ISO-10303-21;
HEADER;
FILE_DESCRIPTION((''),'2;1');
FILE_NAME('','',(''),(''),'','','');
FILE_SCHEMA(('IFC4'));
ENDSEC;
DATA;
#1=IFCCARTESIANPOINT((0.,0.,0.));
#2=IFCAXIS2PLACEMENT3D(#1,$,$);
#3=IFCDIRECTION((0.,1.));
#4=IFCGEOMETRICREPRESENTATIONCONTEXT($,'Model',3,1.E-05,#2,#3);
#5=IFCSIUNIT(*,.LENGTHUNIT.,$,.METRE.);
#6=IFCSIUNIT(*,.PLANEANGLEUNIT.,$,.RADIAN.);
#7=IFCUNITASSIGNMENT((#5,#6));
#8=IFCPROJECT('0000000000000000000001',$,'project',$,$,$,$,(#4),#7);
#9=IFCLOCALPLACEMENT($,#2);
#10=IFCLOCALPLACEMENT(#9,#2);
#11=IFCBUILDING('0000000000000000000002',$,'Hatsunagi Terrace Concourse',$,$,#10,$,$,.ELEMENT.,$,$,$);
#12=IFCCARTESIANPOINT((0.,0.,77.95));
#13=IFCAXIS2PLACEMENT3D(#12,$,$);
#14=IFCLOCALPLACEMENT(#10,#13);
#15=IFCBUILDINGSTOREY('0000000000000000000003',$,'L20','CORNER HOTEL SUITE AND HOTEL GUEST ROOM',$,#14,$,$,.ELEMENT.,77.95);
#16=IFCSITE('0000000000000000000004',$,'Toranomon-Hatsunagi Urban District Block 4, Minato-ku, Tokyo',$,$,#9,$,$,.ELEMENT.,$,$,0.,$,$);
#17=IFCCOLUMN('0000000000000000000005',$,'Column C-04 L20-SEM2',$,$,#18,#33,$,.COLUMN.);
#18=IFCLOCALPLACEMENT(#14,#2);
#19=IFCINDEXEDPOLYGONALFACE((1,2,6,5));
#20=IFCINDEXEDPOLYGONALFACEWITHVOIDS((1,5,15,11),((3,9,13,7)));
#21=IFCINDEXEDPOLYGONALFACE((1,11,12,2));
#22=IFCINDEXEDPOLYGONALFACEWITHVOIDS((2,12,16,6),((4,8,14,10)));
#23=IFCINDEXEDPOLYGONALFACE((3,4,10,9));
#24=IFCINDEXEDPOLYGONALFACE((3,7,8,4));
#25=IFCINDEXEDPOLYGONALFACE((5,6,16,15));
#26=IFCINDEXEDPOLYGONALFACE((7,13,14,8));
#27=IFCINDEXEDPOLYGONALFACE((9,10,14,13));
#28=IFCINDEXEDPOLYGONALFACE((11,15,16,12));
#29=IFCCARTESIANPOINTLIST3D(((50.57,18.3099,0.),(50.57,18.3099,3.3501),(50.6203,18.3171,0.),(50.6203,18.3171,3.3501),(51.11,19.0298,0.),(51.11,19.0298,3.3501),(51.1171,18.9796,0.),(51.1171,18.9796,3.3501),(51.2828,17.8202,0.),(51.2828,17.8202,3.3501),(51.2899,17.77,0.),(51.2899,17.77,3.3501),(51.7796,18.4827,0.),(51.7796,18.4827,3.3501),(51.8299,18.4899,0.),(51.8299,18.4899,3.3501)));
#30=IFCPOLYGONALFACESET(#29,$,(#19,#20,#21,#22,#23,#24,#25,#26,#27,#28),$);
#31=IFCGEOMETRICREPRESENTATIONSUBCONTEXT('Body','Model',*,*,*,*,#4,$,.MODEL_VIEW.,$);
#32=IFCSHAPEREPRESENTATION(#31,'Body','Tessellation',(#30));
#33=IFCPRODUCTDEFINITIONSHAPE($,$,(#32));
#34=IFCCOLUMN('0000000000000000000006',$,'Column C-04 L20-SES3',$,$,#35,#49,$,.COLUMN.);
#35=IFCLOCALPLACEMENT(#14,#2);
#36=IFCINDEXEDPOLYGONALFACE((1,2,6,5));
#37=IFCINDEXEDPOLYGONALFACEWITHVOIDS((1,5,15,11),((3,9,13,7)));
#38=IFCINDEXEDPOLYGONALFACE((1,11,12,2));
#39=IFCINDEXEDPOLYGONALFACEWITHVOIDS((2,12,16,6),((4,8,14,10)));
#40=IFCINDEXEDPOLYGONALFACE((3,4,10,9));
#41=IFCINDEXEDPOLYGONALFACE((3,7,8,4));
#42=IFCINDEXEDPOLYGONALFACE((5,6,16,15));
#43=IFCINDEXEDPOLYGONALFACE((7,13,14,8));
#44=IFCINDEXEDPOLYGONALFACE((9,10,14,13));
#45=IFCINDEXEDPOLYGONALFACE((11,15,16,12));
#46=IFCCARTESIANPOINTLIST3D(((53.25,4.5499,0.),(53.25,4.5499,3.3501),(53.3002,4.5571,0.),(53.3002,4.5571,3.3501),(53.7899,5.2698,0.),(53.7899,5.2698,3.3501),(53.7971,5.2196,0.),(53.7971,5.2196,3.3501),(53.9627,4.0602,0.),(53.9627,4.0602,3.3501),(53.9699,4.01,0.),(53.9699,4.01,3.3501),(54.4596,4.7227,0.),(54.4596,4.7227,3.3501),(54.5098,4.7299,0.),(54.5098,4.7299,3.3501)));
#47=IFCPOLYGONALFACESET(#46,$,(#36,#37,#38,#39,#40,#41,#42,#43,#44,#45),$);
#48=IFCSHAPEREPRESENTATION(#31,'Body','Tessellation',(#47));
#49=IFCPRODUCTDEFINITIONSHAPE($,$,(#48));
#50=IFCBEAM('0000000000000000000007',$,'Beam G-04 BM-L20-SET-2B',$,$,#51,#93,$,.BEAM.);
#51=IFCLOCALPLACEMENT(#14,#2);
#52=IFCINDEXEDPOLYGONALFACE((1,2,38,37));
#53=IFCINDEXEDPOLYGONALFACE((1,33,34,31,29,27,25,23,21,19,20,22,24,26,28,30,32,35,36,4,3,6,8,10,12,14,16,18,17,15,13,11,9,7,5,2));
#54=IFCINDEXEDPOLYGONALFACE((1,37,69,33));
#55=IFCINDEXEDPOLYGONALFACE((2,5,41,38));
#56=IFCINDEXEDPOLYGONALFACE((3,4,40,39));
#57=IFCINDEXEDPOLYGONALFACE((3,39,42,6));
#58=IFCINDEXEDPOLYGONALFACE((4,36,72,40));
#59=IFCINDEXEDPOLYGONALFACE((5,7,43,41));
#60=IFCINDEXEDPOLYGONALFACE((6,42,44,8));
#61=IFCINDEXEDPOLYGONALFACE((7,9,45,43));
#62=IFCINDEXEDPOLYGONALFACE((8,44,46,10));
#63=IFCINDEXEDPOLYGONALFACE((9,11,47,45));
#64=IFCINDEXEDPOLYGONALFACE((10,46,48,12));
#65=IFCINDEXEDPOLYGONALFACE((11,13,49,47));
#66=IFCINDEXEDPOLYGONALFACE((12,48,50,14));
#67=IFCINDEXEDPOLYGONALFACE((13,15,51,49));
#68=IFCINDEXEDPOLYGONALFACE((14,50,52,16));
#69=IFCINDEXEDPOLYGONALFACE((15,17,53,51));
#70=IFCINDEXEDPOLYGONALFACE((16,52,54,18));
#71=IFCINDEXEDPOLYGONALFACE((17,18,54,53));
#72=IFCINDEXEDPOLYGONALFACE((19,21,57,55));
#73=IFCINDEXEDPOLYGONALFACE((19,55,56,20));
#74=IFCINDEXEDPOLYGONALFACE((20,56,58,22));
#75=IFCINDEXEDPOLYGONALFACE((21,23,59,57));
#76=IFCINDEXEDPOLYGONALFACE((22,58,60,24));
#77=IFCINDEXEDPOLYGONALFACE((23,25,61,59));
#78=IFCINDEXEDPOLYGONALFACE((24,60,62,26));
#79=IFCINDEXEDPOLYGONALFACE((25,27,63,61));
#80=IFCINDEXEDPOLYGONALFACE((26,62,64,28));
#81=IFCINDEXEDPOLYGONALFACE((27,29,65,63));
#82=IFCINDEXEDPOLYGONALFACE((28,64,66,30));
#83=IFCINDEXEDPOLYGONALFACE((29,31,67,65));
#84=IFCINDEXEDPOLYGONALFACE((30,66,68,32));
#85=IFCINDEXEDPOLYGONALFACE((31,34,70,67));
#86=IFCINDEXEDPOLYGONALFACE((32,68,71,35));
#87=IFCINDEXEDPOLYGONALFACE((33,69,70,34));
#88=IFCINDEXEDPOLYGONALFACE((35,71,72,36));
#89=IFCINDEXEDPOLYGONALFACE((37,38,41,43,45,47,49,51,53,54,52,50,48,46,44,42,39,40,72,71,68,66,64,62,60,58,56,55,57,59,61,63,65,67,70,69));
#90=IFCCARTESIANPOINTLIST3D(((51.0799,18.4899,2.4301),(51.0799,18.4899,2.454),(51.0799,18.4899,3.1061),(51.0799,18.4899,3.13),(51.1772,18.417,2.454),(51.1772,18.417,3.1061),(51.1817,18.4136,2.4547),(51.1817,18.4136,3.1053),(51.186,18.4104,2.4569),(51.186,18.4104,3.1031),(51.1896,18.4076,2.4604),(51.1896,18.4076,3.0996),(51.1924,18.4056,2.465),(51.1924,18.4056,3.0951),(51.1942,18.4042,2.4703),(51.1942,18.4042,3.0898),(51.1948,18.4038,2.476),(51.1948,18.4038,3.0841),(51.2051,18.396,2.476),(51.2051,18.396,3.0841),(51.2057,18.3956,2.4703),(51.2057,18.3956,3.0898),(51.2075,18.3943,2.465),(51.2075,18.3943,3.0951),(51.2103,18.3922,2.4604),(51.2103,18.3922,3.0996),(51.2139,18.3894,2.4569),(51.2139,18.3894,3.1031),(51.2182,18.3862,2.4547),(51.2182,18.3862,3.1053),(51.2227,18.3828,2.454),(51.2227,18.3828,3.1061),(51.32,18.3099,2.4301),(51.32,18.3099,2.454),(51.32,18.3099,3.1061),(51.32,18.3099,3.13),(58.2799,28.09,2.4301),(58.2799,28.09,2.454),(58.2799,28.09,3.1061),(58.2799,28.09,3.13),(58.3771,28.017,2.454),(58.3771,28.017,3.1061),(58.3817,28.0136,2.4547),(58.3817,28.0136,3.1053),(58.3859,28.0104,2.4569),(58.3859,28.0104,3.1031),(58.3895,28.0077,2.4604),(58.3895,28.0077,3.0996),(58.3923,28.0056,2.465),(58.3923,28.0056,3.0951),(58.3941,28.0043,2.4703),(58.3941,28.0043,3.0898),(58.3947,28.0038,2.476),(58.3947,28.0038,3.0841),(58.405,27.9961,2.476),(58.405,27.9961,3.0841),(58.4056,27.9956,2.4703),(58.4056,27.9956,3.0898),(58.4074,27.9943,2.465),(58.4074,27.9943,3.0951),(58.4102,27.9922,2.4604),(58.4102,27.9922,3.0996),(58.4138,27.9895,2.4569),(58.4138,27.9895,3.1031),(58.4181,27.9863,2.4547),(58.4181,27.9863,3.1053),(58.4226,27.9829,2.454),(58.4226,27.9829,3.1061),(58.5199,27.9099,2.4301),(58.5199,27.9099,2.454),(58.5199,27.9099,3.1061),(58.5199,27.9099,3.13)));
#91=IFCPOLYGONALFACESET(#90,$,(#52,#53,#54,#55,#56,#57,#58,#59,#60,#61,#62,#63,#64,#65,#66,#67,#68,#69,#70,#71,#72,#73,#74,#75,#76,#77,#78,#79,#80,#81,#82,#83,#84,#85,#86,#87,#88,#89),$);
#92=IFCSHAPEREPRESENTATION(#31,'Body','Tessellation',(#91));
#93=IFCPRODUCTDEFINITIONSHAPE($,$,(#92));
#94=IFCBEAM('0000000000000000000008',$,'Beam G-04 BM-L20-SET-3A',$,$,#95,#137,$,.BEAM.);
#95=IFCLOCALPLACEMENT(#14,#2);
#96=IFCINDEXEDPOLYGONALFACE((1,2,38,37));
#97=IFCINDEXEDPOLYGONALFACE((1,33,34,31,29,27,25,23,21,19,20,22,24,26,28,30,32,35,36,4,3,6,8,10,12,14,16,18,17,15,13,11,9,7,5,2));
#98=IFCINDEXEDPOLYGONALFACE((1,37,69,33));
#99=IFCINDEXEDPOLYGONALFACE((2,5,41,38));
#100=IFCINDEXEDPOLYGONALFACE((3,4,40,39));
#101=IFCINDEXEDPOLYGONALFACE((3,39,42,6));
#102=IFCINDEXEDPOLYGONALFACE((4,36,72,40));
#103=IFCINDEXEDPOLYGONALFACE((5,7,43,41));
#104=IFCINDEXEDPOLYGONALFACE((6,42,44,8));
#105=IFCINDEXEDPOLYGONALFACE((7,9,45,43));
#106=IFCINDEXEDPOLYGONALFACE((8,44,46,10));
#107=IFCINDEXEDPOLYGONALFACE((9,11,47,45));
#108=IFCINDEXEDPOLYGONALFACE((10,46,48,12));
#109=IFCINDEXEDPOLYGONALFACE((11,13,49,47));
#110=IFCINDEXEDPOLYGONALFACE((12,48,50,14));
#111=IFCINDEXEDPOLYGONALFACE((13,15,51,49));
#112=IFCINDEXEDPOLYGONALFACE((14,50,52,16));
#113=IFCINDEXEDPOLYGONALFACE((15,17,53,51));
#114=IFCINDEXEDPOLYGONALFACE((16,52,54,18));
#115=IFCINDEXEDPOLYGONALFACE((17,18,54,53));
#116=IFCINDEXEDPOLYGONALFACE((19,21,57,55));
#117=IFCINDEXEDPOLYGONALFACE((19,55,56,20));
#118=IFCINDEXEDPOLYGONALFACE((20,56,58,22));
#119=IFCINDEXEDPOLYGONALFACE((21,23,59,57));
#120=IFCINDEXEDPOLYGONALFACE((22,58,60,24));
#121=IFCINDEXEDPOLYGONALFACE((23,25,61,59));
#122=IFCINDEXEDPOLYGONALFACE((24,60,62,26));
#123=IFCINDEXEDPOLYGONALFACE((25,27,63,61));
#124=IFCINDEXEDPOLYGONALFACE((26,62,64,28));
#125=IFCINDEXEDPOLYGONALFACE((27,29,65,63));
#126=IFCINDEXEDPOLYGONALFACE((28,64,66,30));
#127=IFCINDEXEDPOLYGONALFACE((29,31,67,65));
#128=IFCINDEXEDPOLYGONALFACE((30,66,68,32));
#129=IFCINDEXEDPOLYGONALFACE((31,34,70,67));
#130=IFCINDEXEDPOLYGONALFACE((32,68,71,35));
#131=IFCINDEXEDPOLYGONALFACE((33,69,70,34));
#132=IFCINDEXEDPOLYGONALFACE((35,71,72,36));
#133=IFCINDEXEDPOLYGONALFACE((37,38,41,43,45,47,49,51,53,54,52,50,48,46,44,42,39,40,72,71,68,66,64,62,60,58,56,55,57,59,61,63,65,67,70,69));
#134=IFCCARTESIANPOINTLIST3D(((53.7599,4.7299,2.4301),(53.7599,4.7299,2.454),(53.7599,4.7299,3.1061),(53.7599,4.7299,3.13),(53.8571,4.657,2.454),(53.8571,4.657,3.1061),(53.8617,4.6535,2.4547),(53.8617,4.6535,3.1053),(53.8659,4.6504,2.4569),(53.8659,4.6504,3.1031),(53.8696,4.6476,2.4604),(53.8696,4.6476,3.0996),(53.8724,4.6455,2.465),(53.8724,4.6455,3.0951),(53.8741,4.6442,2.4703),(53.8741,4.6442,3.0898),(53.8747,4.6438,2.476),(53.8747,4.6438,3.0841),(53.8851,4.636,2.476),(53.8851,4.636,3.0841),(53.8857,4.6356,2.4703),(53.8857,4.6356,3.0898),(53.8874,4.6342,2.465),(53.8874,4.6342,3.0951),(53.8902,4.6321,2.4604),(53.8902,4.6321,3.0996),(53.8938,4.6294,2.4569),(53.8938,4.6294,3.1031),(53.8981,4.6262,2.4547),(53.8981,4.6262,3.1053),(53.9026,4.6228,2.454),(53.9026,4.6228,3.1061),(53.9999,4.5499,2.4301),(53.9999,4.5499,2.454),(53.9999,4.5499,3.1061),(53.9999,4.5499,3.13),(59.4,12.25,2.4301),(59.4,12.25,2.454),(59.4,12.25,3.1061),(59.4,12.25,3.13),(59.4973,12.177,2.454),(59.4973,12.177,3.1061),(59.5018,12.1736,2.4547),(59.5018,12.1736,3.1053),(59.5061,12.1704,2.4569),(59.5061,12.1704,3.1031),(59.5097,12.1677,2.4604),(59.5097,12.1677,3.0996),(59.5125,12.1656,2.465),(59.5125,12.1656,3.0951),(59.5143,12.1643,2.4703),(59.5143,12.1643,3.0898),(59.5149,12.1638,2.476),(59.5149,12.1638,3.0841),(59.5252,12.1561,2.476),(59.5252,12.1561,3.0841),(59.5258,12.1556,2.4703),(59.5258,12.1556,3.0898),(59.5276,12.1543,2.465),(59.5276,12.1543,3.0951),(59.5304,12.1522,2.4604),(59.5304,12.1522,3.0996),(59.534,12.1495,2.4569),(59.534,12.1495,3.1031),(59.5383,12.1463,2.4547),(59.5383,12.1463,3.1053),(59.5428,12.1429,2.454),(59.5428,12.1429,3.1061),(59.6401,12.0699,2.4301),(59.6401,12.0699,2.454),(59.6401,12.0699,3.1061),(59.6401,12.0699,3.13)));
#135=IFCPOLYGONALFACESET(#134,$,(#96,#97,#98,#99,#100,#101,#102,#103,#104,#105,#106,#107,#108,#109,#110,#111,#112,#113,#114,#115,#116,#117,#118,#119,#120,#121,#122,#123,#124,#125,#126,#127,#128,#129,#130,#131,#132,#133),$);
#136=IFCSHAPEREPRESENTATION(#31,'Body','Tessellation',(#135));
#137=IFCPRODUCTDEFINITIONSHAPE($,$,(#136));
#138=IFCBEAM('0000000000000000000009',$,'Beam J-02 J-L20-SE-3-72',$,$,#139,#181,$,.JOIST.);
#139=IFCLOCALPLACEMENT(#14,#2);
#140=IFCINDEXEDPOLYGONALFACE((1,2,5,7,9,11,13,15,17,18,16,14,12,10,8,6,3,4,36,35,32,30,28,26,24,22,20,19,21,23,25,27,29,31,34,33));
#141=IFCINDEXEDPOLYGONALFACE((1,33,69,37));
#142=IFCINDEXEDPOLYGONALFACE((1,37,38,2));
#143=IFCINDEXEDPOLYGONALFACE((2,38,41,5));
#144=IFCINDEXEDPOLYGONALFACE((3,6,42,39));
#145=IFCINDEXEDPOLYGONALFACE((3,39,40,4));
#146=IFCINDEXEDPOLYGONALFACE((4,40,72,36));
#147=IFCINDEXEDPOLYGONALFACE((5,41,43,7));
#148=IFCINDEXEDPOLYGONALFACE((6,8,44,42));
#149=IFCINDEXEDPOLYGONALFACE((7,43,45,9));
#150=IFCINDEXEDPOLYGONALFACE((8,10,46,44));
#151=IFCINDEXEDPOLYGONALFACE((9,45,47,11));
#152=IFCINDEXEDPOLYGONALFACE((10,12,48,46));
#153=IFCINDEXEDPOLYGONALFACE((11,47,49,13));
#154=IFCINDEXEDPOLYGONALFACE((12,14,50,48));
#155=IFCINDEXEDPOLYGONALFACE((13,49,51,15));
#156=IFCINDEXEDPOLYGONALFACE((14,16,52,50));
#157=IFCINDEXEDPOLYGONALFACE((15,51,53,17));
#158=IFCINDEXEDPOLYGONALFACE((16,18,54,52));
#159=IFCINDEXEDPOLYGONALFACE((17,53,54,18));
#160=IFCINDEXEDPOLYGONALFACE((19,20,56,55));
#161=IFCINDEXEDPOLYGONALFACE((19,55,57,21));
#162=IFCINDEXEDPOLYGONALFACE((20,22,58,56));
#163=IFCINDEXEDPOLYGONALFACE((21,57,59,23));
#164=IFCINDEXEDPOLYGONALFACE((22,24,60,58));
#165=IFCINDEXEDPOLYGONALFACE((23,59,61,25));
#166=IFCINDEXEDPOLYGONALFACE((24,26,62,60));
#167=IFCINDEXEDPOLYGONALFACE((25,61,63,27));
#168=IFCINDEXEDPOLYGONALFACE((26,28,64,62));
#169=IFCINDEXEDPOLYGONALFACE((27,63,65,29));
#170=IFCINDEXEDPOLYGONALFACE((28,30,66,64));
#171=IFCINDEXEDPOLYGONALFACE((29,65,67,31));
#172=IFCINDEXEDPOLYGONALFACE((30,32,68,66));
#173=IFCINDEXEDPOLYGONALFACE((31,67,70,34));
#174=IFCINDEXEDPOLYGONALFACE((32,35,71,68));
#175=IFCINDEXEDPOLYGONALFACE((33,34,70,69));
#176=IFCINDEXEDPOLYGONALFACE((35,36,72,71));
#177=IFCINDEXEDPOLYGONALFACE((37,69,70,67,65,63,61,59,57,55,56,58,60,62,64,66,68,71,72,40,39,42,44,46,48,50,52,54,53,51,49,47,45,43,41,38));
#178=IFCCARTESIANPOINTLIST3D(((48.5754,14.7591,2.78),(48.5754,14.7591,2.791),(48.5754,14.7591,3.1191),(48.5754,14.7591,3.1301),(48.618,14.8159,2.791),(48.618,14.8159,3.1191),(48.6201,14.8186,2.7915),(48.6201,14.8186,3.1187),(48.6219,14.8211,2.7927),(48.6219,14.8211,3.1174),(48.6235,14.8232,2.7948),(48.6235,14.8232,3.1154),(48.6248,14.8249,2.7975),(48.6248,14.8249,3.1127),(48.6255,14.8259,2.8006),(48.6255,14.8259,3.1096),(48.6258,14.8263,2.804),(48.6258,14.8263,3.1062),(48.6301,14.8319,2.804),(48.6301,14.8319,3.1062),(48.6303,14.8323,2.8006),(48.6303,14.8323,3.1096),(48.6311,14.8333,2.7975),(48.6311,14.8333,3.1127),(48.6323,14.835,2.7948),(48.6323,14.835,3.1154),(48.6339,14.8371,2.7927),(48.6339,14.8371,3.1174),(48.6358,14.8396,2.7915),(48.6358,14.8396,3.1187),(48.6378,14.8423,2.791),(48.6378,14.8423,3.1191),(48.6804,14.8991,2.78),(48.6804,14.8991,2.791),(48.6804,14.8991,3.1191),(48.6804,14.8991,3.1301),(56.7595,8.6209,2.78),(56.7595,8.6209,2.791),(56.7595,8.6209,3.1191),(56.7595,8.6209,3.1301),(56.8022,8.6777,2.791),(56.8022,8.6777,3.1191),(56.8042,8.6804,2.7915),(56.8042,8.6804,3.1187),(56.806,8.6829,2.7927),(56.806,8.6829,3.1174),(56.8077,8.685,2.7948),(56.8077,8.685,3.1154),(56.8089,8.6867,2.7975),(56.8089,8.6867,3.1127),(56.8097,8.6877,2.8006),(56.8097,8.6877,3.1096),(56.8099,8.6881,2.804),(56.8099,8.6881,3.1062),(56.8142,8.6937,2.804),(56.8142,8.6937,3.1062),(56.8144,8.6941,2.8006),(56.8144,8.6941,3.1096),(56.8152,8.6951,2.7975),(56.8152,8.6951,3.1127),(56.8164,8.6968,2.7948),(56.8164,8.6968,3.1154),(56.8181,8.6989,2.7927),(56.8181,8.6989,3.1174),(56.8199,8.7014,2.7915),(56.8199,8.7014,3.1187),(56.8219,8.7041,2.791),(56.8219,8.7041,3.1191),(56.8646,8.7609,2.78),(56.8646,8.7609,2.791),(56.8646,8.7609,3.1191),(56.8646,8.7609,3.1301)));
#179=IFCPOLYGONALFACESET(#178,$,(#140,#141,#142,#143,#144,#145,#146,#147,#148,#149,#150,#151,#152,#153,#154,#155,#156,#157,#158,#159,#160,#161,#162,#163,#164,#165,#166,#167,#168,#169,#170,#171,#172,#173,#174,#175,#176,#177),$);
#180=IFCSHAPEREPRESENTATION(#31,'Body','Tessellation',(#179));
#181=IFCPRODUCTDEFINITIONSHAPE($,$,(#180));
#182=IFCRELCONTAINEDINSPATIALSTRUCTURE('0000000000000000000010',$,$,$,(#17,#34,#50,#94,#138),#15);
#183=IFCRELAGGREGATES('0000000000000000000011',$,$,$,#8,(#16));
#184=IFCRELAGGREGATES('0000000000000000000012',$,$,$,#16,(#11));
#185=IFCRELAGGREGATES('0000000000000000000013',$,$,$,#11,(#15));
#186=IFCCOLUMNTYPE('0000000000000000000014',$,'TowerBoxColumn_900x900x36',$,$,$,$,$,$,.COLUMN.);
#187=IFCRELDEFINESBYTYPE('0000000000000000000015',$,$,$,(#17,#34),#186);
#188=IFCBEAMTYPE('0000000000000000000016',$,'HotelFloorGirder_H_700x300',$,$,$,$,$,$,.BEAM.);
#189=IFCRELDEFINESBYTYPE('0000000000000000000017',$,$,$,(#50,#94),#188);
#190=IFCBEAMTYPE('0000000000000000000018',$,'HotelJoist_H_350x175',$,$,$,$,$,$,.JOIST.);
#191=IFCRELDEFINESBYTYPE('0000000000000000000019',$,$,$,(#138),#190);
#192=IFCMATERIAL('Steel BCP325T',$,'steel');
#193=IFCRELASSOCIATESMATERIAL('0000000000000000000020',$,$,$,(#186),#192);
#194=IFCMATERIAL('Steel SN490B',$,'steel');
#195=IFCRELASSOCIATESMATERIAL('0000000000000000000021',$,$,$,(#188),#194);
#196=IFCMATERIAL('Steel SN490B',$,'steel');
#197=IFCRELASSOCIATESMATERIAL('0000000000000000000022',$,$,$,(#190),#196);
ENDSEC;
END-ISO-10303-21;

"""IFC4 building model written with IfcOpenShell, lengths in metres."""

from ifc_helpers import new_model, si_unit, direction, frame, origin, origin_2d, place, context, subcontext, project, spatial, hollow_rectangle, i_section, extrude, material, material_profile, profile_set, type_object, element, save


model = new_model("IFC4")

# Units and contexts
model_context = context("Model", 3, precision=1e-05, world=origin(), true_north=direction((0.0, 1.0)))
body_context = subcontext(model_context, "Body", "Model", "MODEL_VIEW")
ifc_project = project(units=[si_unit("LENGTHUNIT", "METRE"), si_unit("PLANEANGLEUNIT", "RADIAN")], contexts=[model_context])

# Site, building, storey
site_placement = place(None, origin())
site = spatial("IfcSite", under=ifc_project, at=site_placement, Name="Toranomon-Hatsunagi Urban District Block 4, Minato-ku, Tokyo", CompositionType="ELEMENT", RefElevation=0.0)
building_placement = place(site_placement, origin())
building = spatial("IfcBuilding", under=site, at=building_placement, Name="Hatsunagi Terrace Concourse", CompositionType="ELEMENT")
storey_placement = place(building_placement, frame((0.0, 0.0, 77.95)))
storey = spatial("IfcBuildingStorey", under=building, at=storey_placement, Name="L20", Description="CORNER HOTEL SUITE AND HOTEL GUEST ROOM", CompositionType="ELEMENT", Elevation=77.95)

# Columns
ifc_material_1 = material(Name="Steel BCP325T", Category="steel")
ifc_material_profile_1 = material_profile(ifc_material_1, hollow_rectangle(XDim=0.8999, YDim=0.8999, WallThickness=0.0359, at=origin_2d()), Name="BCP-900x900x36")
ifc_profile_set_1 = profile_set([ifc_material_profile_1], Name="Steel BCP325T")
column_type = type_object("IfcColumnType", Name="TowerBoxColumn_900x900x36", PredefinedType="COLUMN", material=ifc_profile_set_1)
for number, where, z_axis, x_axis, name in (
    (1, (51.2, 18.3999, 0.0), (0.0, 0.0, 1.0), (0.8, -0.6, 0.0), "Column C-04 L20-SEM2"),
    (2, (53.8799, 4.6399, 0.0), (0.0, 0.0, 1.0), (0.8, -0.6, 0.0), "Column C-04 L20-SES3"),
):
    element("IfcColumn", number, at=place(storey_placement, frame(where, z_axis=z_axis, x_axis=x_axis)), inside=storey, type_object=column_type, Name=name, PredefinedType="COLUMN", context=body_context, shape_type="SweptSolid", body=[
        extrude(hollow_rectangle(XDim=0.8999, YDim=0.8999, WallThickness=0.0359, at=origin_2d()), origin(), (0.0, 0.0, 1.0), 3.3501),
    ])

# Beams
ifc_material_2 = material(Name="Steel SN490B", Category="steel")
ifc_material_profile_2 = material_profile(ifc_material_2, i_section(OverallWidth=0.3, OverallDepth=0.7, WebThickness=0.0129, FlangeThickness=0.0239, FilletRadius=0.022, at=origin_2d()), Name="H-700x300x13x24")
ifc_profile_set_2 = profile_set([ifc_material_profile_2], Name="Steel SN490B")
beam_type_1 = type_object("IfcBeamType", Name="HotelFloorGirder_H_700x300", PredefinedType="BEAM", material=ifc_profile_set_2)
beam_1_placement = place(storey_placement, frame((51.2, 18.3999, 2.78), z_axis=(0.599993, 0.800005, 0.0), x_axis=(-0.800005, 0.599993, 0.0)))
element("IfcBeam", 3, at=beam_1_placement, inside=storey, type_object=beam_type_1, Name="Beam G-04 BM-L20-SET-2B", PredefinedType="BEAM", context=body_context, shape_type="SweptSolid", body=[
    extrude(i_section(OverallWidth=0.3, OverallDepth=0.7, WebThickness=0.0129, FlangeThickness=0.0239, FilletRadius=0.022, at=origin_2d()), origin(), (0.0, 0.0, 1.0), 12.0),
])
beam_2_placement = place(storey_placement, frame((53.8799, 4.6399, 2.78), z_axis=(0.600008, 0.799994, 0.0), x_axis=(-0.799994, 0.600008, 0.0)))
element("IfcBeam", 4, at=beam_2_placement, inside=storey, type_object=beam_type_1, Name="Beam G-04 BM-L20-SET-3A", PredefinedType="BEAM", context=body_context, shape_type="SweptSolid", body=[
    extrude(i_section(OverallWidth=0.3, OverallDepth=0.7, WebThickness=0.0129, FlangeThickness=0.0239, FilletRadius=0.022, at=origin_2d()), origin(), (0.0, 0.0, 1.0), 9.4001),
])
ifc_material_3 = material(Name="Steel SN490B", Category="steel")
ifc_material_profile_3 = material_profile(ifc_material_3, i_section(OverallWidth=0.175, OverallDepth=0.3501, WebThickness=0.0071, FlangeThickness=0.011, FilletRadius=0.0129, at=origin_2d()), Name="H-350x175x7x11")
ifc_profile_set_3 = profile_set([ifc_material_profile_3], Name="Steel SN490B")
beam_type_2 = type_object("IfcBeamType", Name="HotelJoist_H_350x175", PredefinedType="JOIST", material=ifc_profile_set_3)
beam_3_placement = place(storey_placement, frame((48.6279, 14.8291, 2.9551), z_axis=(0.799994, -0.600008, 0.0), x_axis=(0.600008, 0.799994, 0.0)))
element("IfcBeam", 5, at=beam_3_placement, inside=storey, type_object=beam_type_2, Name="Beam J-02 J-L20-SE-3-72", PredefinedType="JOIST", context=body_context, shape_type="SweptSolid", body=[
    extrude(i_section(OverallWidth=0.175, OverallDepth=0.3501, WebThickness=0.0071, FlangeThickness=0.011, FilletRadius=0.0129, at=origin_2d()), origin(), (0.0, 0.0, 1.0), 10.2302),
])

save(model, "model.ifc")
